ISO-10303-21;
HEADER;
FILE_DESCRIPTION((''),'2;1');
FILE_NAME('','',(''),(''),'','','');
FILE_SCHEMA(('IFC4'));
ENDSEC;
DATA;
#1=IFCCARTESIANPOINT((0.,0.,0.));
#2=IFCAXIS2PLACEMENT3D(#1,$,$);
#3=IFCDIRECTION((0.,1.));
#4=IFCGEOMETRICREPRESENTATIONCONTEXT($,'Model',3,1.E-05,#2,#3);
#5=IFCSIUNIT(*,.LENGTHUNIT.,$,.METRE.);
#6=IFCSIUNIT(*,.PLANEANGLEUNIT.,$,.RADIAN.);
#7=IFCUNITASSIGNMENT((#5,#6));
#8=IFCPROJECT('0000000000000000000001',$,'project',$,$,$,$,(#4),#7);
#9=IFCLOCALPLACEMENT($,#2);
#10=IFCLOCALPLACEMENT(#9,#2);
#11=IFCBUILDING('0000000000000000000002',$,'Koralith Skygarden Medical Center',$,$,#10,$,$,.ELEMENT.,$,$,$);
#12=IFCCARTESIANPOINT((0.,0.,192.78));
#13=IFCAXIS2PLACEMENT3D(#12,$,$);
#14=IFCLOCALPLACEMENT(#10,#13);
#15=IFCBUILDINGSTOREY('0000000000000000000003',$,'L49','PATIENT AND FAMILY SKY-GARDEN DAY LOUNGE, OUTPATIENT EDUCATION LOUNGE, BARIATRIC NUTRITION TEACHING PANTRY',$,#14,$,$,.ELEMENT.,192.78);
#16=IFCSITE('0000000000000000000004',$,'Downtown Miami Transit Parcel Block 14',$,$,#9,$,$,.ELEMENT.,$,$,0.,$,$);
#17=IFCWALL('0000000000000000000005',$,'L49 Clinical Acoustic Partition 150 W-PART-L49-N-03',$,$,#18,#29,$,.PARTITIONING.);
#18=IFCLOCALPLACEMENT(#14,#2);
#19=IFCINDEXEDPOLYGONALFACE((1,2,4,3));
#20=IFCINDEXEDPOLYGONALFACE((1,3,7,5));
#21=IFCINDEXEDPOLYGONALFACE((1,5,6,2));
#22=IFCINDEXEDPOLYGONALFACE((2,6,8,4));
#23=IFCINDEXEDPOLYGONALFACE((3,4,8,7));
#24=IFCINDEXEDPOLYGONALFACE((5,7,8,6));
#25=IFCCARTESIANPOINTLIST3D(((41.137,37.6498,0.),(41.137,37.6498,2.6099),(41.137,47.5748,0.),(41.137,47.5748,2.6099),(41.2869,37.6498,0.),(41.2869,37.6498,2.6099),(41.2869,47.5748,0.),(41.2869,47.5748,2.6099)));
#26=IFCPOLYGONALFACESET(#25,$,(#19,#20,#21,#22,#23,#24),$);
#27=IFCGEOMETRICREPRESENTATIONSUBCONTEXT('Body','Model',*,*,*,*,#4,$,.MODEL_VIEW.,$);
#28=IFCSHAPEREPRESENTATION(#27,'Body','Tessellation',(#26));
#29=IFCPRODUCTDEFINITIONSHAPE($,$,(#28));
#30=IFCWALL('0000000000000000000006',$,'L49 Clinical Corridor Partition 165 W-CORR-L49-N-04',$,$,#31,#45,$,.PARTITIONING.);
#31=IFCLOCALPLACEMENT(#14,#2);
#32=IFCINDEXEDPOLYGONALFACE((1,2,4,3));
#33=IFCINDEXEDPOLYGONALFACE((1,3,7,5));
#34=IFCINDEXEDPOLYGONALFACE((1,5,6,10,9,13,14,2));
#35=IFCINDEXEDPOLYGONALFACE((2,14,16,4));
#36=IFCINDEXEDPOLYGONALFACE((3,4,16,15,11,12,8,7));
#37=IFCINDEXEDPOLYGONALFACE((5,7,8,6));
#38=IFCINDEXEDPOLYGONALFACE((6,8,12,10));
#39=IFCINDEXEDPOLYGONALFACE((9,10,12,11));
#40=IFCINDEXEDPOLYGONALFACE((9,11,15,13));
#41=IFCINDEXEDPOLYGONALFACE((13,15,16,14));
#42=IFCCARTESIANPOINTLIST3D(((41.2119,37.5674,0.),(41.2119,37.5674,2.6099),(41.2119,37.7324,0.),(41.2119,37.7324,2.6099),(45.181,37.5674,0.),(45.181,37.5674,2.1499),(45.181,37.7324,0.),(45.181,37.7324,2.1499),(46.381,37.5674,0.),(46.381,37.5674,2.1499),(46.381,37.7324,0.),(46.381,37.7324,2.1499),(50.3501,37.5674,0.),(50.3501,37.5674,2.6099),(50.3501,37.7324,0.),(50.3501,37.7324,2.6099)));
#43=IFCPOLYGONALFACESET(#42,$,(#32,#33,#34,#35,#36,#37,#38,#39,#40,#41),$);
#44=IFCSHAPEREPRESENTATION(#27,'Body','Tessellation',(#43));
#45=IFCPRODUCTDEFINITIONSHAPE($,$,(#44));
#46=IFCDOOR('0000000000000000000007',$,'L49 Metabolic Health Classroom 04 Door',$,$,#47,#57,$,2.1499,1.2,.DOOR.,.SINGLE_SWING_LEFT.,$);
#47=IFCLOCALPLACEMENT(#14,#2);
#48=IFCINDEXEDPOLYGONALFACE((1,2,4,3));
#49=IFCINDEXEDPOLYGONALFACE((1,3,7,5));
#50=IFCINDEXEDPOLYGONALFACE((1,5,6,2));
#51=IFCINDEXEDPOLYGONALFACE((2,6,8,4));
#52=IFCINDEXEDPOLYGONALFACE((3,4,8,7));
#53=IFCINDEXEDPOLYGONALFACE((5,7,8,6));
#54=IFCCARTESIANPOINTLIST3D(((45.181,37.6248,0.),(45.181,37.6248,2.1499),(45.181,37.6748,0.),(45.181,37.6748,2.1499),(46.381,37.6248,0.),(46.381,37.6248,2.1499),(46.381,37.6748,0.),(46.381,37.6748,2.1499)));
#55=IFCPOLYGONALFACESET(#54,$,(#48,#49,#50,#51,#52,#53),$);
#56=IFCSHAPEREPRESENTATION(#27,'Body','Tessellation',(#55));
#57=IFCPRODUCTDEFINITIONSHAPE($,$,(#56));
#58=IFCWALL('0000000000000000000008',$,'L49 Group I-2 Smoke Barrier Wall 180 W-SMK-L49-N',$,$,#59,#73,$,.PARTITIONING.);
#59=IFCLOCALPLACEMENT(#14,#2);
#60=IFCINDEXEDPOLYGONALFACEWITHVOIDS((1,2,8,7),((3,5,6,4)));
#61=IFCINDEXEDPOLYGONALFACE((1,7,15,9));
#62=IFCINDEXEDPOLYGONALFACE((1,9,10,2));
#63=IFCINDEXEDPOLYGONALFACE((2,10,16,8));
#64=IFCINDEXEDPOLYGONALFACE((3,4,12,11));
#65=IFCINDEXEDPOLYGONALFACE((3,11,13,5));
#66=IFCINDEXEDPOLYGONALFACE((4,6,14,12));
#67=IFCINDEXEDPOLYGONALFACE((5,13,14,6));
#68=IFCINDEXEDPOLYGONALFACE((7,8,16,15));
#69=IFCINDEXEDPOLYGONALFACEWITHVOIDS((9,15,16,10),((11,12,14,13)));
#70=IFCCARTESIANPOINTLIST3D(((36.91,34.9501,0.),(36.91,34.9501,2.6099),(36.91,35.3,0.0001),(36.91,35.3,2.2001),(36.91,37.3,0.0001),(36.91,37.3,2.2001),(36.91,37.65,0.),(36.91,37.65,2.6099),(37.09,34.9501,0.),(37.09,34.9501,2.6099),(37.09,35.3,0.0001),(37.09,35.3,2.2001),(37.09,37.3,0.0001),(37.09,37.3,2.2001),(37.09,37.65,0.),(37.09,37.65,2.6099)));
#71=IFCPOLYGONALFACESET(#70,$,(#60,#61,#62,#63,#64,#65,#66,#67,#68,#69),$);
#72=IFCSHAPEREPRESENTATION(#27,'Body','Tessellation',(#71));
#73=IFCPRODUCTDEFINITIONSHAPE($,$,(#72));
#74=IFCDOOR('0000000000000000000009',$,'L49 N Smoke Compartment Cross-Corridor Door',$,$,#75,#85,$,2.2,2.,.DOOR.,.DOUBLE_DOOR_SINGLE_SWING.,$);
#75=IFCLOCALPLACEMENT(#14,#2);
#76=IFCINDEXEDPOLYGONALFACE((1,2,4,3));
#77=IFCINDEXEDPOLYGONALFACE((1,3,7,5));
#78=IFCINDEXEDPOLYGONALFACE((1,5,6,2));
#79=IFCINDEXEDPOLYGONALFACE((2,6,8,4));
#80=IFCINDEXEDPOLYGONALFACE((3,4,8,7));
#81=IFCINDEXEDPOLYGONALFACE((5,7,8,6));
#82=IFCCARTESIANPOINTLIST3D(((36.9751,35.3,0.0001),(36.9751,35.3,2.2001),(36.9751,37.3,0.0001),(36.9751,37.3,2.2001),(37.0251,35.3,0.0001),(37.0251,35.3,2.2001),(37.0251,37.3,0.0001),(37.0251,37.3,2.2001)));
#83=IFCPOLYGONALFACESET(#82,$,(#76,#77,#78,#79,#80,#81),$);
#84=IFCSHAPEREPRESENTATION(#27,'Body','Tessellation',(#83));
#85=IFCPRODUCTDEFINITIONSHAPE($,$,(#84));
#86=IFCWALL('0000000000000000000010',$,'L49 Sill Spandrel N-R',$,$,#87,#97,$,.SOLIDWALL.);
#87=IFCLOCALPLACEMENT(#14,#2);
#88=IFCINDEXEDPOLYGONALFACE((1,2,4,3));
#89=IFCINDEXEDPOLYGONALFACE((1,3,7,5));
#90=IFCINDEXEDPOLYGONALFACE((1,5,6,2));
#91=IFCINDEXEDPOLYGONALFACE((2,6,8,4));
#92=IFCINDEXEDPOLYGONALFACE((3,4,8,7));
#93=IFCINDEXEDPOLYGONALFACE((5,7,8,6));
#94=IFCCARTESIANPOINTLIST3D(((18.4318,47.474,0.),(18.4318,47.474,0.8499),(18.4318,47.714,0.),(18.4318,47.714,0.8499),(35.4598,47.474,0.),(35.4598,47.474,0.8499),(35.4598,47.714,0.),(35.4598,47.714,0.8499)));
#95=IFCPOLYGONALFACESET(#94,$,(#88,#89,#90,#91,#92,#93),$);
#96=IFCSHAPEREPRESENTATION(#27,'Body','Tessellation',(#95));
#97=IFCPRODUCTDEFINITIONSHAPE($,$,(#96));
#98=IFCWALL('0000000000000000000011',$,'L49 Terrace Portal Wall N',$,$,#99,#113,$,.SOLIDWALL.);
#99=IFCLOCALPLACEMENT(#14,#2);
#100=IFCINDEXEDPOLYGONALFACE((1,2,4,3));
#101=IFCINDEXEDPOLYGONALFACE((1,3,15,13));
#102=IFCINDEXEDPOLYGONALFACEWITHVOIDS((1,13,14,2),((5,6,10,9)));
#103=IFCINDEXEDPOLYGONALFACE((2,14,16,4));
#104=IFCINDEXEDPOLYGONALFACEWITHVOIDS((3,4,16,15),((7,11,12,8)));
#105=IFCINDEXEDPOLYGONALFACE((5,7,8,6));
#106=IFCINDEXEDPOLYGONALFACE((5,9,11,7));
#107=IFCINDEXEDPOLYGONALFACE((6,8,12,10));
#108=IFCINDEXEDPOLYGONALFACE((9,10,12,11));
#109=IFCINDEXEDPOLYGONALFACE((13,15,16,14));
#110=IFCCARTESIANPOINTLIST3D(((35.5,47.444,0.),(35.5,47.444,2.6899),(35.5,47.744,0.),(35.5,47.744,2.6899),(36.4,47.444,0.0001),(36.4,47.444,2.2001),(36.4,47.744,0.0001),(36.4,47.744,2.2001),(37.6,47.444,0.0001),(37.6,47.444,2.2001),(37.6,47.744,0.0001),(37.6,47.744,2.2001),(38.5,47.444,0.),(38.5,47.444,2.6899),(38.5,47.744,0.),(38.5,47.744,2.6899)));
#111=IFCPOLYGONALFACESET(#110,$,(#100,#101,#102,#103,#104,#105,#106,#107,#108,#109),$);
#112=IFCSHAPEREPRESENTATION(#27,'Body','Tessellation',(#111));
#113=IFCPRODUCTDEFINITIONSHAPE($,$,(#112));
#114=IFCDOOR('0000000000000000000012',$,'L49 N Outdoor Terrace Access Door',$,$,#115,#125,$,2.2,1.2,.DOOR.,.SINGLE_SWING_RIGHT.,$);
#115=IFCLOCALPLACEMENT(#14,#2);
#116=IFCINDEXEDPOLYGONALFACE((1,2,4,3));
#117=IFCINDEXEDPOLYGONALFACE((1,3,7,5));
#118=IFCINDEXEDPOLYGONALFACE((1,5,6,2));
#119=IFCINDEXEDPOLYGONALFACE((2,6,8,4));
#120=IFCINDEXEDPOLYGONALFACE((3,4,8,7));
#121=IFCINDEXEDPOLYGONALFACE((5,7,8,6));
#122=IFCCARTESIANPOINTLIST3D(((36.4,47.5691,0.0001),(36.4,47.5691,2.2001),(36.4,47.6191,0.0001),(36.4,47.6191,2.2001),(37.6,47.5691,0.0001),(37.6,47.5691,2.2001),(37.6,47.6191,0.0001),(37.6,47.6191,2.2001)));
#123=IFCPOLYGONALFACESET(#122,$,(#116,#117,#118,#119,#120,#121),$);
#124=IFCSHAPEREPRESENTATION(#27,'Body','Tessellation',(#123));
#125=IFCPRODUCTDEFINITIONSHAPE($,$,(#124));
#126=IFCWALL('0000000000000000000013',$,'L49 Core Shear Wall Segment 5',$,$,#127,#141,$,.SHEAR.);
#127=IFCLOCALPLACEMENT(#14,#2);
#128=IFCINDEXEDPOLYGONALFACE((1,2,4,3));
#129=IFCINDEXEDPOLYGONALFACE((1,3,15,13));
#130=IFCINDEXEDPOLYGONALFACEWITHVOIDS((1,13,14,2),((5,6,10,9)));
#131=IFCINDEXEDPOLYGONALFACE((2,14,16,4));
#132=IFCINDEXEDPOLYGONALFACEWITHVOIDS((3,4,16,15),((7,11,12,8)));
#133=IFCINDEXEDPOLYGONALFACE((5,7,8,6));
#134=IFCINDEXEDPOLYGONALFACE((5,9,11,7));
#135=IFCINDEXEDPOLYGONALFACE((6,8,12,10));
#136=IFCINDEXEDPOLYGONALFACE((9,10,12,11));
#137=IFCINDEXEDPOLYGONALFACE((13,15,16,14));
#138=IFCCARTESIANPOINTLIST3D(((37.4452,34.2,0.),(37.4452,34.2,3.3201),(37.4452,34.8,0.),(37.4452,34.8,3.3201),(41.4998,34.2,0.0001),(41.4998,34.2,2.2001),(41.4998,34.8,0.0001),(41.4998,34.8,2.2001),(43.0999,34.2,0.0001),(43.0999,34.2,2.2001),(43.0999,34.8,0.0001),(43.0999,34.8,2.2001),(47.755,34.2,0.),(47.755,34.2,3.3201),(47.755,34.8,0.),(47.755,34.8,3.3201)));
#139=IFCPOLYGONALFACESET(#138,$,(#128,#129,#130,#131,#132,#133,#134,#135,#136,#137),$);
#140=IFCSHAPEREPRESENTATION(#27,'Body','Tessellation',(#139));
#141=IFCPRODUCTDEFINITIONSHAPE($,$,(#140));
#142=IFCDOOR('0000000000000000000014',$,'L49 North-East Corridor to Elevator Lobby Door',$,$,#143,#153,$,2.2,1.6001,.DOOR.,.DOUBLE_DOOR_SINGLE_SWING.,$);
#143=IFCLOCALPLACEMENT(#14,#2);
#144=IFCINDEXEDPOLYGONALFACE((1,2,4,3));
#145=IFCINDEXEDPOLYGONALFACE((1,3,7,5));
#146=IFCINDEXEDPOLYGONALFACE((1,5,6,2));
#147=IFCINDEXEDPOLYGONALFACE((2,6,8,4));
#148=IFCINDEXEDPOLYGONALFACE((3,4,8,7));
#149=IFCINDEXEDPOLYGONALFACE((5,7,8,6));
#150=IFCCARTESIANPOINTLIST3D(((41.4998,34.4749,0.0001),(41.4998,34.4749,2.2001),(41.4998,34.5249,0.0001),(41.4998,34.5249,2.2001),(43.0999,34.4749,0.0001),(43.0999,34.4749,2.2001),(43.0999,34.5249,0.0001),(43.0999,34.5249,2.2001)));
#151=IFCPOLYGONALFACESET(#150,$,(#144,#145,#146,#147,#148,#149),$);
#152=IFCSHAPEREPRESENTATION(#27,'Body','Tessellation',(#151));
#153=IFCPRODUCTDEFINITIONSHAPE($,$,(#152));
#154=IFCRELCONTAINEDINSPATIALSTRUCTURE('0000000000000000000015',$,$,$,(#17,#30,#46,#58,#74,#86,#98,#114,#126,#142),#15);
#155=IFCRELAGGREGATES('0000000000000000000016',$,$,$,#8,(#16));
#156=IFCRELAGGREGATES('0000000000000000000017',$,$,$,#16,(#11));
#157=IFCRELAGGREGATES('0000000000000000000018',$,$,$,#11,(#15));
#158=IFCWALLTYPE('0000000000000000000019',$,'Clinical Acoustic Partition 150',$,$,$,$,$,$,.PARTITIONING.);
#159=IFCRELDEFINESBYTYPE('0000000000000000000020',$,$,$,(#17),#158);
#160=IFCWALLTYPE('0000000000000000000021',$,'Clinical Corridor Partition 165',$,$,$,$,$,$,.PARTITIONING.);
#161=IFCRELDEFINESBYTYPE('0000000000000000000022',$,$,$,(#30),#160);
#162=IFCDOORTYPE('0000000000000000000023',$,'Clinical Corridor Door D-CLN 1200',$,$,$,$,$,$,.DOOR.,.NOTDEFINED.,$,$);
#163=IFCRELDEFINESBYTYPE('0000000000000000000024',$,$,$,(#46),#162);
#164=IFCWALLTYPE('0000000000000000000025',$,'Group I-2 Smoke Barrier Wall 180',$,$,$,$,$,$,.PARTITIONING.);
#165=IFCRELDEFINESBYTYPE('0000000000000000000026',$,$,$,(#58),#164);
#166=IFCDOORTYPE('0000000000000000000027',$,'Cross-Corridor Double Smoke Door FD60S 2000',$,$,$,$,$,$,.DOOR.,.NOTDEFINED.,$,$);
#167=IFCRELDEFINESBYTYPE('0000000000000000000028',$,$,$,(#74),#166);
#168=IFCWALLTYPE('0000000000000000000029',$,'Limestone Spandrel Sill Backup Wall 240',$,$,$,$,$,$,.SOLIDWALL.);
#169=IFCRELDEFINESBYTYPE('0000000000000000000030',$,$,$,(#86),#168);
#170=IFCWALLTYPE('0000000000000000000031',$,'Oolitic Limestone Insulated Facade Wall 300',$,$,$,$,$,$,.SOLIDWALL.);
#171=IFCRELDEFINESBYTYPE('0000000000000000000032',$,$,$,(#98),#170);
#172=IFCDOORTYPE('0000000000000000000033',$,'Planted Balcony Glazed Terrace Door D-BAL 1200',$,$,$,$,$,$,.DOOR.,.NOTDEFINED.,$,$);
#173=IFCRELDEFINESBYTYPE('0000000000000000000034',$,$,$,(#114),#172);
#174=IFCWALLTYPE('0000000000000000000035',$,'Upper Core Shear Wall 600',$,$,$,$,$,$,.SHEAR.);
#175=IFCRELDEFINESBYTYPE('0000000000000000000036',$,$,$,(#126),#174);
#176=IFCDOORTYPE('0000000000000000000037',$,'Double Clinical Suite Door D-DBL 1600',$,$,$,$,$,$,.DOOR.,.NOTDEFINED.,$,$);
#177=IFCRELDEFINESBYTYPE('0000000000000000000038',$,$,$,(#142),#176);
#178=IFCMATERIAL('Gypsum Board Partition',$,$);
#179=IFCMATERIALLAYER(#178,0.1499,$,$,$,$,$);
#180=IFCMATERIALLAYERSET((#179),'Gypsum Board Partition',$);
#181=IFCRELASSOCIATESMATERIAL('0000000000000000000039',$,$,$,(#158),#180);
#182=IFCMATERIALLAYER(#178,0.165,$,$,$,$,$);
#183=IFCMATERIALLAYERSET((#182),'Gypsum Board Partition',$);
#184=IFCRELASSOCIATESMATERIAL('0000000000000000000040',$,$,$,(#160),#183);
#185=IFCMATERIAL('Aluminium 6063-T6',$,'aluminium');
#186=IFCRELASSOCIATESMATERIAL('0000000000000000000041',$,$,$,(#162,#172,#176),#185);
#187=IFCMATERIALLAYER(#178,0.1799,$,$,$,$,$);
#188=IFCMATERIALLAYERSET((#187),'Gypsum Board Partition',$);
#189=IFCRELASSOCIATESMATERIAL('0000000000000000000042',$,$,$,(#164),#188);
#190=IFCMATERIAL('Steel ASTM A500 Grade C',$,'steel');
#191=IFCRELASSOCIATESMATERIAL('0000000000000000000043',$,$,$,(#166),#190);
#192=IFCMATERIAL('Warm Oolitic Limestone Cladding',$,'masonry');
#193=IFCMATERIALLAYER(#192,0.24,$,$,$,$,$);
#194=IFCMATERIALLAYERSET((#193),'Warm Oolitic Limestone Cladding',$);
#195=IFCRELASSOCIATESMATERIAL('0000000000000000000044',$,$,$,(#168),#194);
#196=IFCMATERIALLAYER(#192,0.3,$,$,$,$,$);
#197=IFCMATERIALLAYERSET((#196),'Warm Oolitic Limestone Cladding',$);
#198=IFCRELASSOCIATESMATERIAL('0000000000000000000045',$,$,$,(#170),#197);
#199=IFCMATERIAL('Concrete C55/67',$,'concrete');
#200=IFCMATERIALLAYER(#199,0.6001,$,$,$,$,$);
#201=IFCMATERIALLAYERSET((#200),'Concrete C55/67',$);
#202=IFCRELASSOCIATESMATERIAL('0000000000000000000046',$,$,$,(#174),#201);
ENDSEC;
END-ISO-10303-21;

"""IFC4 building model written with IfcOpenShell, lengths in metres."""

from ifc_helpers import new_model, si_unit, direction, frame, frame_2d, origin, place, context, subcontext, project, spatial, rectangle, extrude, material, layer, layer_set, type_object, element, fill, save


model = new_model("IFC4")

# Units and contexts
model_context = context("Model", 3, precision=1e-05, world=origin(), true_north=direction((0.0, 1.0)))
body_context = subcontext(model_context, "Body", "Model", "MODEL_VIEW")
ifc_project = project(units=[si_unit("LENGTHUNIT", "METRE"), si_unit("PLANEANGLEUNIT", "RADIAN")], contexts=[model_context])

# Site, building, storey
site_placement = place(None, origin())
site = spatial("IfcSite", under=ifc_project, at=site_placement, Name="Downtown Miami Transit Parcel Block 14", CompositionType="ELEMENT", RefElevation=0.0)
building_placement = place(site_placement, origin())
building = spatial("IfcBuilding", under=site, at=building_placement, Name="Koralith Skygarden Medical Center", CompositionType="ELEMENT")
storey_placement = place(building_placement, frame((0.0, 0.0, 192.78)))
storey = spatial("IfcBuildingStorey", under=building, at=storey_placement, Name="L49", Description="PATIENT AND FAMILY SKY-GARDEN DAY LOUNGE, OUTPATIENT EDUCATION LOUNGE, BARIATRIC NUTRITION TEACHING PANTRY", CompositionType="ELEMENT", Elevation=192.78)

# Shared definitions
ifc_material_1 = material(Name="Concrete C55/67", Category="concrete")

# Shared definitions
ifc_material_2 = material(Name="Aluminium 6063-T6", Category="aluminium")

# Wall
ifc_material_3 = material(Name="Gypsum Board Partition")
ifc_layer_1 = layer(ifc_material_3, 0.1499)
ifc_layer_set_1 = layer_set([ifc_layer_1], Name="Gypsum Board Partition")
wall_type_1 = type_object("IfcWallType", Name="Clinical Acoustic Partition 150", PredefinedType="PARTITIONING", material=ifc_layer_set_1)
wall_1_placement = place(storey_placement, frame((41.2119, 37.6499, 0.0), z_axis=(0.0, 0.0, 1.0), x_axis=(0.0, 1.0, 0.0)))
element("IfcWall", 1, at=wall_1_placement, inside=storey, type_object=wall_type_1, Name="L49 Clinical Acoustic Partition 150 W-PART-L49-N-03", PredefinedType="PARTITIONING", context=body_context, shape_type="SweptSolid", body=[
    extrude(rectangle(XDim=9.925, YDim=0.1499, at=frame_2d((4.9624, 0.0))), origin(), (0.0, 0.0, 1.0), 2.6099),
])

# Walls, openings, doors
ifc_layer_2 = layer(ifc_material_3, 0.165)
ifc_layer_set_2 = layer_set([ifc_layer_2], Name="Gypsum Board Partition")
wall_type_2 = type_object("IfcWallType", Name="Clinical Corridor Partition 165", PredefinedType="PARTITIONING", material=ifc_layer_set_2)
wall_2_placement = place(storey_placement, frame((41.2119, 37.6499, 0.0), z_axis=(0.0, 0.0, 1.0), x_axis=(1.0, 0.0, 0.0)))
wall_2 = element("IfcWall", 2, at=wall_2_placement, inside=storey, type_object=wall_type_2, Name="L49 Clinical Corridor Partition 165 W-CORR-L49-N-04", PredefinedType="PARTITIONING", context=body_context, shape_type="SweptSolid", body=[
    extrude(rectangle(XDim=9.1382, YDim=0.165, at=frame_2d((4.5691, 0.0))), origin(), (0.0, 0.0, 1.0), 2.6099),
])
opening_1_placement = place(wall_2_placement, frame((3.969, 0.0, 0.0)))
opening_1 = element("IfcOpeningElement", 3, at=opening_1_placement, cuts=wall_2, PredefinedType="OPENING", context=body_context, shape_type="SweptSolid", body=[
    extrude(rectangle(XDim=1.2, YDim=2.1499, at=frame_2d((0.6001, 1.075))), frame((0.0, 0.0925, 0.0), z_axis=(0.0, -1.0, 0.0), x_axis=(1.0, 0.0, 0.0)), (0.0, 0.0, 1.0), 0.1851),
])
door_type_1 = type_object("IfcDoorType", Name="Clinical Corridor Door D-CLN 1200", OperationType="NOTDEFINED", PredefinedType="DOOR", material=ifc_material_2)
door_1_placement = place(opening_1_placement, origin())
door_1 = element("IfcDoor", 4, at=door_1_placement, inside=storey, type_object=door_type_1, Name="L49 Metabolic Health Classroom 04 Door", OperationType="SINGLE_SWING_LEFT", OverallHeight=2.1499, OverallWidth=1.2, PredefinedType="DOOR", context=body_context, shape_type="SweptSolid", body=[
    extrude(rectangle(XDim=1.2, YDim=2.1499, at=frame_2d((0.6001, 1.075))), frame((0.0, 0.0249, 0.0), z_axis=(0.0, -1.0, 0.0), x_axis=(1.0, 0.0, 0.0)), (0.0, 0.0, 1.0), 0.05),
])
fill(opening_1, door_1)
ifc_layer_3 = layer(ifc_material_3, 0.1799)
ifc_layer_set_3 = layer_set([ifc_layer_3], Name="Gypsum Board Partition")
wall_type_3 = type_object("IfcWallType", Name="Group I-2 Smoke Barrier Wall 180", PredefinedType="PARTITIONING", material=ifc_layer_set_3)
wall_3_placement = place(storey_placement, frame((37.0, 34.95, 0.0), z_axis=(0.0, 0.0, 1.0), x_axis=(0.0, 1.0, 0.0)))
wall_3 = element("IfcWall", 5, at=wall_3_placement, inside=storey, type_object=wall_type_3, Name="L49 Group I-2 Smoke Barrier Wall 180 W-SMK-L49-N", PredefinedType="PARTITIONING", context=body_context, shape_type="SweptSolid", body=[
    extrude(rectangle(XDim=2.7, YDim=0.1799, at=frame_2d((1.3501, 0.0))), origin(), (0.0, 0.0, 1.0), 2.6099),
])
opening_2_placement = place(wall_3_placement, frame((0.3501, 0.0, 0.0)))
opening_2 = element("IfcOpeningElement", 6, at=opening_2_placement, cuts=wall_3, PredefinedType="OPENING", context=body_context, shape_type="SweptSolid", body=[
    extrude(rectangle(XDim=2.0, YDim=2.2, at=frame_2d((1.0, 1.1001))), frame((0.0, 0.0999, 0.0), z_axis=(0.0, -1.0, 0.0), x_axis=(1.0, 0.0, 0.0)), (0.0, 0.0, 1.0), 0.2),
])
ifc_material_4 = material(Name="Steel ASTM A500 Grade C", Category="steel")
door_type_2 = type_object("IfcDoorType", Name="Cross-Corridor Double Smoke Door FD60S 2000", OperationType="NOTDEFINED", PredefinedType="DOOR", material=ifc_material_4)
door_2_placement = place(opening_2_placement, origin())
door_2 = element("IfcDoor", 7, at=door_2_placement, inside=storey, type_object=door_type_2, Name="L49 N Smoke Compartment Cross-Corridor Door", OperationType="DOUBLE_DOOR_SINGLE_SWING", OverallHeight=2.2, OverallWidth=2.0, PredefinedType="DOOR", context=body_context, shape_type="SweptSolid", body=[
    extrude(rectangle(XDim=2.0, YDim=2.2, at=frame_2d((1.0, 1.1001))), frame((0.0, 0.0249, 0.0), z_axis=(0.0, -1.0, 0.0), x_axis=(1.0, 0.0, 0.0)), (0.0, 0.0, 1.0), 0.05),
])
fill(opening_2, door_2)

# Wall
ifc_material_5 = material(Name="Warm Oolitic Limestone Cladding", Category="masonry")
ifc_layer_4 = layer(ifc_material_5, 0.24)
ifc_layer_set_4 = layer_set([ifc_layer_4], Name="Warm Oolitic Limestone Cladding")
wall_type_4 = type_object("IfcWallType", Name="Limestone Spandrel Sill Backup Wall 240", PredefinedType="SOLIDWALL", material=ifc_layer_set_4)
wall_4_placement = place(storey_placement, frame((35.46, 47.594, 0.0), z_axis=(0.0, 0.0, 1.0), x_axis=(-1.0, 0.0, 0.0)))
element("IfcWall", 8, at=wall_4_placement, inside=storey, type_object=wall_type_4, Name="L49 Sill Spandrel N-R", PredefinedType="SOLIDWALL", context=body_context, shape_type="SweptSolid", body=[
    extrude(rectangle(XDim=17.0281, YDim=0.24, at=frame_2d((8.5142, 0.0))), origin(), (0.0, 0.0, 1.0), 0.8499),
])

# Walls, openings, doors
ifc_layer_5 = layer(ifc_material_5, 0.3)
ifc_layer_set_5 = layer_set([ifc_layer_5], Name="Warm Oolitic Limestone Cladding")
wall_type_5 = type_object("IfcWallType", Name="Oolitic Limestone Insulated Facade Wall 300", PredefinedType="SOLIDWALL", material=ifc_layer_set_5)
wall_5_placement = place(storey_placement, frame((38.5, 47.594, 0.0), z_axis=(0.0, 0.0, 1.0), x_axis=(-1.0, 0.0, 0.0)))
wall_5 = element("IfcWall", 9, at=wall_5_placement, inside=storey, type_object=wall_type_5, Name="L49 Terrace Portal Wall N", PredefinedType="SOLIDWALL", context=body_context, shape_type="SweptSolid", body=[
    extrude(rectangle(XDim=3.0, YDim=0.3, at=frame_2d((1.5, 0.0))), origin(), (0.0, 0.0, 1.0), 2.6899),
])
opening_3_placement = place(wall_5_placement, frame((0.8999, 0.0, 0.0)))
opening_3 = element("IfcOpeningElement", 10, at=opening_3_placement, cuts=wall_5, PredefinedType="OPENING", context=body_context, shape_type="SweptSolid", body=[
    extrude(rectangle(XDim=1.2, YDim=2.2, at=frame_2d((0.6001, 1.1001))), frame((0.0, 0.1599, 0.0), z_axis=(0.0, -1.0, 0.0), x_axis=(1.0, 0.0, 0.0)), (0.0, 0.0, 1.0), 0.3201),
])
door_type_3 = type_object("IfcDoorType", Name="Planted Balcony Glazed Terrace Door D-BAL 1200", OperationType="NOTDEFINED", PredefinedType="DOOR", material=ifc_material_2)
door_3_placement = place(opening_3_placement, origin())
door_3 = element("IfcDoor", 11, at=door_3_placement, inside=storey, type_object=door_type_3, Name="L49 N Outdoor Terrace Access Door", OperationType="SINGLE_SWING_RIGHT", OverallHeight=2.2, OverallWidth=1.2, PredefinedType="DOOR", context=body_context, shape_type="SweptSolid", body=[
    extrude(rectangle(XDim=1.2, YDim=2.2, at=frame_2d((0.6001, 1.1001))), frame((0.0, 0.0249, 0.0), z_axis=(0.0, -1.0, 0.0), x_axis=(1.0, 0.0, 0.0)), (0.0, 0.0, 1.0), 0.05),
])
fill(opening_3, door_3)
ifc_layer_6 = layer(ifc_material_1, 0.6001)
ifc_layer_set_6 = layer_set([ifc_layer_6], Name="Concrete C55/67")
wall_type_6 = type_object("IfcWallType", Name="Upper Core Shear Wall 600", PredefinedType="SHEAR", material=ifc_layer_set_6)
wall_6_placement = place(storey_placement, frame((47.7549, 34.5, 0.0), z_axis=(0.0, 0.0, 1.0), x_axis=(-1.0, 0.0, 0.0)))
wall_6 = element("IfcWall", 12, at=wall_6_placement, inside=storey, type_object=wall_type_6, Name="L49 Core Shear Wall Segment 5", PredefinedType="SHEAR", context=body_context, shape_type="SweptSolid", body=[
    extrude(rectangle(XDim=10.3098, YDim=0.6001, at=frame_2d((5.1548, 0.0))), origin(), (0.0, 0.0, 1.0), 3.3201),
])
opening_4_placement = place(wall_6_placement, frame((4.655, 0.0, 0.0)))
opening_4 = element("IfcOpeningElement", 13, at=opening_4_placement, cuts=wall_6, PredefinedType="OPENING", context=body_context, shape_type="SweptSolid", body=[
    extrude(rectangle(XDim=1.6001, YDim=2.2, at=frame_2d((0.8, 1.1001))), frame((0.0, 0.3101, 0.0), z_axis=(0.0, -1.0, 0.0), x_axis=(1.0, 0.0, 0.0)), (0.0, 0.0, 1.0), 0.6201),
])
door_type_4 = type_object("IfcDoorType", Name="Double Clinical Suite Door D-DBL 1600", OperationType="NOTDEFINED", PredefinedType="DOOR", material=ifc_material_2)
door_4_placement = place(opening_4_placement, frame((1.6001, 0.0, 0.0), z_axis=(0.0, 0.0, 1.0), x_axis=(-1.0, 0.0, 0.0)))
door_4 = element("IfcDoor", 14, at=door_4_placement, inside=storey, type_object=door_type_4, Name="L49 North-East Corridor to Elevator Lobby Door", OperationType="DOUBLE_DOOR_SINGLE_SWING", OverallHeight=2.2, OverallWidth=1.6001, PredefinedType="DOOR", context=body_context, shape_type="SweptSolid", body=[
    extrude(rectangle(XDim=1.6001, YDim=2.2, at=frame_2d((0.8, 1.1001))), frame((0.0, 0.0249, 0.0), z_axis=(0.0, -1.0, 0.0), x_axis=(1.0, 0.0, 0.0)), (0.0, 0.0, 1.0), 0.05),
])
fill(opening_4, door_4)

save(model, "model.ifc")
